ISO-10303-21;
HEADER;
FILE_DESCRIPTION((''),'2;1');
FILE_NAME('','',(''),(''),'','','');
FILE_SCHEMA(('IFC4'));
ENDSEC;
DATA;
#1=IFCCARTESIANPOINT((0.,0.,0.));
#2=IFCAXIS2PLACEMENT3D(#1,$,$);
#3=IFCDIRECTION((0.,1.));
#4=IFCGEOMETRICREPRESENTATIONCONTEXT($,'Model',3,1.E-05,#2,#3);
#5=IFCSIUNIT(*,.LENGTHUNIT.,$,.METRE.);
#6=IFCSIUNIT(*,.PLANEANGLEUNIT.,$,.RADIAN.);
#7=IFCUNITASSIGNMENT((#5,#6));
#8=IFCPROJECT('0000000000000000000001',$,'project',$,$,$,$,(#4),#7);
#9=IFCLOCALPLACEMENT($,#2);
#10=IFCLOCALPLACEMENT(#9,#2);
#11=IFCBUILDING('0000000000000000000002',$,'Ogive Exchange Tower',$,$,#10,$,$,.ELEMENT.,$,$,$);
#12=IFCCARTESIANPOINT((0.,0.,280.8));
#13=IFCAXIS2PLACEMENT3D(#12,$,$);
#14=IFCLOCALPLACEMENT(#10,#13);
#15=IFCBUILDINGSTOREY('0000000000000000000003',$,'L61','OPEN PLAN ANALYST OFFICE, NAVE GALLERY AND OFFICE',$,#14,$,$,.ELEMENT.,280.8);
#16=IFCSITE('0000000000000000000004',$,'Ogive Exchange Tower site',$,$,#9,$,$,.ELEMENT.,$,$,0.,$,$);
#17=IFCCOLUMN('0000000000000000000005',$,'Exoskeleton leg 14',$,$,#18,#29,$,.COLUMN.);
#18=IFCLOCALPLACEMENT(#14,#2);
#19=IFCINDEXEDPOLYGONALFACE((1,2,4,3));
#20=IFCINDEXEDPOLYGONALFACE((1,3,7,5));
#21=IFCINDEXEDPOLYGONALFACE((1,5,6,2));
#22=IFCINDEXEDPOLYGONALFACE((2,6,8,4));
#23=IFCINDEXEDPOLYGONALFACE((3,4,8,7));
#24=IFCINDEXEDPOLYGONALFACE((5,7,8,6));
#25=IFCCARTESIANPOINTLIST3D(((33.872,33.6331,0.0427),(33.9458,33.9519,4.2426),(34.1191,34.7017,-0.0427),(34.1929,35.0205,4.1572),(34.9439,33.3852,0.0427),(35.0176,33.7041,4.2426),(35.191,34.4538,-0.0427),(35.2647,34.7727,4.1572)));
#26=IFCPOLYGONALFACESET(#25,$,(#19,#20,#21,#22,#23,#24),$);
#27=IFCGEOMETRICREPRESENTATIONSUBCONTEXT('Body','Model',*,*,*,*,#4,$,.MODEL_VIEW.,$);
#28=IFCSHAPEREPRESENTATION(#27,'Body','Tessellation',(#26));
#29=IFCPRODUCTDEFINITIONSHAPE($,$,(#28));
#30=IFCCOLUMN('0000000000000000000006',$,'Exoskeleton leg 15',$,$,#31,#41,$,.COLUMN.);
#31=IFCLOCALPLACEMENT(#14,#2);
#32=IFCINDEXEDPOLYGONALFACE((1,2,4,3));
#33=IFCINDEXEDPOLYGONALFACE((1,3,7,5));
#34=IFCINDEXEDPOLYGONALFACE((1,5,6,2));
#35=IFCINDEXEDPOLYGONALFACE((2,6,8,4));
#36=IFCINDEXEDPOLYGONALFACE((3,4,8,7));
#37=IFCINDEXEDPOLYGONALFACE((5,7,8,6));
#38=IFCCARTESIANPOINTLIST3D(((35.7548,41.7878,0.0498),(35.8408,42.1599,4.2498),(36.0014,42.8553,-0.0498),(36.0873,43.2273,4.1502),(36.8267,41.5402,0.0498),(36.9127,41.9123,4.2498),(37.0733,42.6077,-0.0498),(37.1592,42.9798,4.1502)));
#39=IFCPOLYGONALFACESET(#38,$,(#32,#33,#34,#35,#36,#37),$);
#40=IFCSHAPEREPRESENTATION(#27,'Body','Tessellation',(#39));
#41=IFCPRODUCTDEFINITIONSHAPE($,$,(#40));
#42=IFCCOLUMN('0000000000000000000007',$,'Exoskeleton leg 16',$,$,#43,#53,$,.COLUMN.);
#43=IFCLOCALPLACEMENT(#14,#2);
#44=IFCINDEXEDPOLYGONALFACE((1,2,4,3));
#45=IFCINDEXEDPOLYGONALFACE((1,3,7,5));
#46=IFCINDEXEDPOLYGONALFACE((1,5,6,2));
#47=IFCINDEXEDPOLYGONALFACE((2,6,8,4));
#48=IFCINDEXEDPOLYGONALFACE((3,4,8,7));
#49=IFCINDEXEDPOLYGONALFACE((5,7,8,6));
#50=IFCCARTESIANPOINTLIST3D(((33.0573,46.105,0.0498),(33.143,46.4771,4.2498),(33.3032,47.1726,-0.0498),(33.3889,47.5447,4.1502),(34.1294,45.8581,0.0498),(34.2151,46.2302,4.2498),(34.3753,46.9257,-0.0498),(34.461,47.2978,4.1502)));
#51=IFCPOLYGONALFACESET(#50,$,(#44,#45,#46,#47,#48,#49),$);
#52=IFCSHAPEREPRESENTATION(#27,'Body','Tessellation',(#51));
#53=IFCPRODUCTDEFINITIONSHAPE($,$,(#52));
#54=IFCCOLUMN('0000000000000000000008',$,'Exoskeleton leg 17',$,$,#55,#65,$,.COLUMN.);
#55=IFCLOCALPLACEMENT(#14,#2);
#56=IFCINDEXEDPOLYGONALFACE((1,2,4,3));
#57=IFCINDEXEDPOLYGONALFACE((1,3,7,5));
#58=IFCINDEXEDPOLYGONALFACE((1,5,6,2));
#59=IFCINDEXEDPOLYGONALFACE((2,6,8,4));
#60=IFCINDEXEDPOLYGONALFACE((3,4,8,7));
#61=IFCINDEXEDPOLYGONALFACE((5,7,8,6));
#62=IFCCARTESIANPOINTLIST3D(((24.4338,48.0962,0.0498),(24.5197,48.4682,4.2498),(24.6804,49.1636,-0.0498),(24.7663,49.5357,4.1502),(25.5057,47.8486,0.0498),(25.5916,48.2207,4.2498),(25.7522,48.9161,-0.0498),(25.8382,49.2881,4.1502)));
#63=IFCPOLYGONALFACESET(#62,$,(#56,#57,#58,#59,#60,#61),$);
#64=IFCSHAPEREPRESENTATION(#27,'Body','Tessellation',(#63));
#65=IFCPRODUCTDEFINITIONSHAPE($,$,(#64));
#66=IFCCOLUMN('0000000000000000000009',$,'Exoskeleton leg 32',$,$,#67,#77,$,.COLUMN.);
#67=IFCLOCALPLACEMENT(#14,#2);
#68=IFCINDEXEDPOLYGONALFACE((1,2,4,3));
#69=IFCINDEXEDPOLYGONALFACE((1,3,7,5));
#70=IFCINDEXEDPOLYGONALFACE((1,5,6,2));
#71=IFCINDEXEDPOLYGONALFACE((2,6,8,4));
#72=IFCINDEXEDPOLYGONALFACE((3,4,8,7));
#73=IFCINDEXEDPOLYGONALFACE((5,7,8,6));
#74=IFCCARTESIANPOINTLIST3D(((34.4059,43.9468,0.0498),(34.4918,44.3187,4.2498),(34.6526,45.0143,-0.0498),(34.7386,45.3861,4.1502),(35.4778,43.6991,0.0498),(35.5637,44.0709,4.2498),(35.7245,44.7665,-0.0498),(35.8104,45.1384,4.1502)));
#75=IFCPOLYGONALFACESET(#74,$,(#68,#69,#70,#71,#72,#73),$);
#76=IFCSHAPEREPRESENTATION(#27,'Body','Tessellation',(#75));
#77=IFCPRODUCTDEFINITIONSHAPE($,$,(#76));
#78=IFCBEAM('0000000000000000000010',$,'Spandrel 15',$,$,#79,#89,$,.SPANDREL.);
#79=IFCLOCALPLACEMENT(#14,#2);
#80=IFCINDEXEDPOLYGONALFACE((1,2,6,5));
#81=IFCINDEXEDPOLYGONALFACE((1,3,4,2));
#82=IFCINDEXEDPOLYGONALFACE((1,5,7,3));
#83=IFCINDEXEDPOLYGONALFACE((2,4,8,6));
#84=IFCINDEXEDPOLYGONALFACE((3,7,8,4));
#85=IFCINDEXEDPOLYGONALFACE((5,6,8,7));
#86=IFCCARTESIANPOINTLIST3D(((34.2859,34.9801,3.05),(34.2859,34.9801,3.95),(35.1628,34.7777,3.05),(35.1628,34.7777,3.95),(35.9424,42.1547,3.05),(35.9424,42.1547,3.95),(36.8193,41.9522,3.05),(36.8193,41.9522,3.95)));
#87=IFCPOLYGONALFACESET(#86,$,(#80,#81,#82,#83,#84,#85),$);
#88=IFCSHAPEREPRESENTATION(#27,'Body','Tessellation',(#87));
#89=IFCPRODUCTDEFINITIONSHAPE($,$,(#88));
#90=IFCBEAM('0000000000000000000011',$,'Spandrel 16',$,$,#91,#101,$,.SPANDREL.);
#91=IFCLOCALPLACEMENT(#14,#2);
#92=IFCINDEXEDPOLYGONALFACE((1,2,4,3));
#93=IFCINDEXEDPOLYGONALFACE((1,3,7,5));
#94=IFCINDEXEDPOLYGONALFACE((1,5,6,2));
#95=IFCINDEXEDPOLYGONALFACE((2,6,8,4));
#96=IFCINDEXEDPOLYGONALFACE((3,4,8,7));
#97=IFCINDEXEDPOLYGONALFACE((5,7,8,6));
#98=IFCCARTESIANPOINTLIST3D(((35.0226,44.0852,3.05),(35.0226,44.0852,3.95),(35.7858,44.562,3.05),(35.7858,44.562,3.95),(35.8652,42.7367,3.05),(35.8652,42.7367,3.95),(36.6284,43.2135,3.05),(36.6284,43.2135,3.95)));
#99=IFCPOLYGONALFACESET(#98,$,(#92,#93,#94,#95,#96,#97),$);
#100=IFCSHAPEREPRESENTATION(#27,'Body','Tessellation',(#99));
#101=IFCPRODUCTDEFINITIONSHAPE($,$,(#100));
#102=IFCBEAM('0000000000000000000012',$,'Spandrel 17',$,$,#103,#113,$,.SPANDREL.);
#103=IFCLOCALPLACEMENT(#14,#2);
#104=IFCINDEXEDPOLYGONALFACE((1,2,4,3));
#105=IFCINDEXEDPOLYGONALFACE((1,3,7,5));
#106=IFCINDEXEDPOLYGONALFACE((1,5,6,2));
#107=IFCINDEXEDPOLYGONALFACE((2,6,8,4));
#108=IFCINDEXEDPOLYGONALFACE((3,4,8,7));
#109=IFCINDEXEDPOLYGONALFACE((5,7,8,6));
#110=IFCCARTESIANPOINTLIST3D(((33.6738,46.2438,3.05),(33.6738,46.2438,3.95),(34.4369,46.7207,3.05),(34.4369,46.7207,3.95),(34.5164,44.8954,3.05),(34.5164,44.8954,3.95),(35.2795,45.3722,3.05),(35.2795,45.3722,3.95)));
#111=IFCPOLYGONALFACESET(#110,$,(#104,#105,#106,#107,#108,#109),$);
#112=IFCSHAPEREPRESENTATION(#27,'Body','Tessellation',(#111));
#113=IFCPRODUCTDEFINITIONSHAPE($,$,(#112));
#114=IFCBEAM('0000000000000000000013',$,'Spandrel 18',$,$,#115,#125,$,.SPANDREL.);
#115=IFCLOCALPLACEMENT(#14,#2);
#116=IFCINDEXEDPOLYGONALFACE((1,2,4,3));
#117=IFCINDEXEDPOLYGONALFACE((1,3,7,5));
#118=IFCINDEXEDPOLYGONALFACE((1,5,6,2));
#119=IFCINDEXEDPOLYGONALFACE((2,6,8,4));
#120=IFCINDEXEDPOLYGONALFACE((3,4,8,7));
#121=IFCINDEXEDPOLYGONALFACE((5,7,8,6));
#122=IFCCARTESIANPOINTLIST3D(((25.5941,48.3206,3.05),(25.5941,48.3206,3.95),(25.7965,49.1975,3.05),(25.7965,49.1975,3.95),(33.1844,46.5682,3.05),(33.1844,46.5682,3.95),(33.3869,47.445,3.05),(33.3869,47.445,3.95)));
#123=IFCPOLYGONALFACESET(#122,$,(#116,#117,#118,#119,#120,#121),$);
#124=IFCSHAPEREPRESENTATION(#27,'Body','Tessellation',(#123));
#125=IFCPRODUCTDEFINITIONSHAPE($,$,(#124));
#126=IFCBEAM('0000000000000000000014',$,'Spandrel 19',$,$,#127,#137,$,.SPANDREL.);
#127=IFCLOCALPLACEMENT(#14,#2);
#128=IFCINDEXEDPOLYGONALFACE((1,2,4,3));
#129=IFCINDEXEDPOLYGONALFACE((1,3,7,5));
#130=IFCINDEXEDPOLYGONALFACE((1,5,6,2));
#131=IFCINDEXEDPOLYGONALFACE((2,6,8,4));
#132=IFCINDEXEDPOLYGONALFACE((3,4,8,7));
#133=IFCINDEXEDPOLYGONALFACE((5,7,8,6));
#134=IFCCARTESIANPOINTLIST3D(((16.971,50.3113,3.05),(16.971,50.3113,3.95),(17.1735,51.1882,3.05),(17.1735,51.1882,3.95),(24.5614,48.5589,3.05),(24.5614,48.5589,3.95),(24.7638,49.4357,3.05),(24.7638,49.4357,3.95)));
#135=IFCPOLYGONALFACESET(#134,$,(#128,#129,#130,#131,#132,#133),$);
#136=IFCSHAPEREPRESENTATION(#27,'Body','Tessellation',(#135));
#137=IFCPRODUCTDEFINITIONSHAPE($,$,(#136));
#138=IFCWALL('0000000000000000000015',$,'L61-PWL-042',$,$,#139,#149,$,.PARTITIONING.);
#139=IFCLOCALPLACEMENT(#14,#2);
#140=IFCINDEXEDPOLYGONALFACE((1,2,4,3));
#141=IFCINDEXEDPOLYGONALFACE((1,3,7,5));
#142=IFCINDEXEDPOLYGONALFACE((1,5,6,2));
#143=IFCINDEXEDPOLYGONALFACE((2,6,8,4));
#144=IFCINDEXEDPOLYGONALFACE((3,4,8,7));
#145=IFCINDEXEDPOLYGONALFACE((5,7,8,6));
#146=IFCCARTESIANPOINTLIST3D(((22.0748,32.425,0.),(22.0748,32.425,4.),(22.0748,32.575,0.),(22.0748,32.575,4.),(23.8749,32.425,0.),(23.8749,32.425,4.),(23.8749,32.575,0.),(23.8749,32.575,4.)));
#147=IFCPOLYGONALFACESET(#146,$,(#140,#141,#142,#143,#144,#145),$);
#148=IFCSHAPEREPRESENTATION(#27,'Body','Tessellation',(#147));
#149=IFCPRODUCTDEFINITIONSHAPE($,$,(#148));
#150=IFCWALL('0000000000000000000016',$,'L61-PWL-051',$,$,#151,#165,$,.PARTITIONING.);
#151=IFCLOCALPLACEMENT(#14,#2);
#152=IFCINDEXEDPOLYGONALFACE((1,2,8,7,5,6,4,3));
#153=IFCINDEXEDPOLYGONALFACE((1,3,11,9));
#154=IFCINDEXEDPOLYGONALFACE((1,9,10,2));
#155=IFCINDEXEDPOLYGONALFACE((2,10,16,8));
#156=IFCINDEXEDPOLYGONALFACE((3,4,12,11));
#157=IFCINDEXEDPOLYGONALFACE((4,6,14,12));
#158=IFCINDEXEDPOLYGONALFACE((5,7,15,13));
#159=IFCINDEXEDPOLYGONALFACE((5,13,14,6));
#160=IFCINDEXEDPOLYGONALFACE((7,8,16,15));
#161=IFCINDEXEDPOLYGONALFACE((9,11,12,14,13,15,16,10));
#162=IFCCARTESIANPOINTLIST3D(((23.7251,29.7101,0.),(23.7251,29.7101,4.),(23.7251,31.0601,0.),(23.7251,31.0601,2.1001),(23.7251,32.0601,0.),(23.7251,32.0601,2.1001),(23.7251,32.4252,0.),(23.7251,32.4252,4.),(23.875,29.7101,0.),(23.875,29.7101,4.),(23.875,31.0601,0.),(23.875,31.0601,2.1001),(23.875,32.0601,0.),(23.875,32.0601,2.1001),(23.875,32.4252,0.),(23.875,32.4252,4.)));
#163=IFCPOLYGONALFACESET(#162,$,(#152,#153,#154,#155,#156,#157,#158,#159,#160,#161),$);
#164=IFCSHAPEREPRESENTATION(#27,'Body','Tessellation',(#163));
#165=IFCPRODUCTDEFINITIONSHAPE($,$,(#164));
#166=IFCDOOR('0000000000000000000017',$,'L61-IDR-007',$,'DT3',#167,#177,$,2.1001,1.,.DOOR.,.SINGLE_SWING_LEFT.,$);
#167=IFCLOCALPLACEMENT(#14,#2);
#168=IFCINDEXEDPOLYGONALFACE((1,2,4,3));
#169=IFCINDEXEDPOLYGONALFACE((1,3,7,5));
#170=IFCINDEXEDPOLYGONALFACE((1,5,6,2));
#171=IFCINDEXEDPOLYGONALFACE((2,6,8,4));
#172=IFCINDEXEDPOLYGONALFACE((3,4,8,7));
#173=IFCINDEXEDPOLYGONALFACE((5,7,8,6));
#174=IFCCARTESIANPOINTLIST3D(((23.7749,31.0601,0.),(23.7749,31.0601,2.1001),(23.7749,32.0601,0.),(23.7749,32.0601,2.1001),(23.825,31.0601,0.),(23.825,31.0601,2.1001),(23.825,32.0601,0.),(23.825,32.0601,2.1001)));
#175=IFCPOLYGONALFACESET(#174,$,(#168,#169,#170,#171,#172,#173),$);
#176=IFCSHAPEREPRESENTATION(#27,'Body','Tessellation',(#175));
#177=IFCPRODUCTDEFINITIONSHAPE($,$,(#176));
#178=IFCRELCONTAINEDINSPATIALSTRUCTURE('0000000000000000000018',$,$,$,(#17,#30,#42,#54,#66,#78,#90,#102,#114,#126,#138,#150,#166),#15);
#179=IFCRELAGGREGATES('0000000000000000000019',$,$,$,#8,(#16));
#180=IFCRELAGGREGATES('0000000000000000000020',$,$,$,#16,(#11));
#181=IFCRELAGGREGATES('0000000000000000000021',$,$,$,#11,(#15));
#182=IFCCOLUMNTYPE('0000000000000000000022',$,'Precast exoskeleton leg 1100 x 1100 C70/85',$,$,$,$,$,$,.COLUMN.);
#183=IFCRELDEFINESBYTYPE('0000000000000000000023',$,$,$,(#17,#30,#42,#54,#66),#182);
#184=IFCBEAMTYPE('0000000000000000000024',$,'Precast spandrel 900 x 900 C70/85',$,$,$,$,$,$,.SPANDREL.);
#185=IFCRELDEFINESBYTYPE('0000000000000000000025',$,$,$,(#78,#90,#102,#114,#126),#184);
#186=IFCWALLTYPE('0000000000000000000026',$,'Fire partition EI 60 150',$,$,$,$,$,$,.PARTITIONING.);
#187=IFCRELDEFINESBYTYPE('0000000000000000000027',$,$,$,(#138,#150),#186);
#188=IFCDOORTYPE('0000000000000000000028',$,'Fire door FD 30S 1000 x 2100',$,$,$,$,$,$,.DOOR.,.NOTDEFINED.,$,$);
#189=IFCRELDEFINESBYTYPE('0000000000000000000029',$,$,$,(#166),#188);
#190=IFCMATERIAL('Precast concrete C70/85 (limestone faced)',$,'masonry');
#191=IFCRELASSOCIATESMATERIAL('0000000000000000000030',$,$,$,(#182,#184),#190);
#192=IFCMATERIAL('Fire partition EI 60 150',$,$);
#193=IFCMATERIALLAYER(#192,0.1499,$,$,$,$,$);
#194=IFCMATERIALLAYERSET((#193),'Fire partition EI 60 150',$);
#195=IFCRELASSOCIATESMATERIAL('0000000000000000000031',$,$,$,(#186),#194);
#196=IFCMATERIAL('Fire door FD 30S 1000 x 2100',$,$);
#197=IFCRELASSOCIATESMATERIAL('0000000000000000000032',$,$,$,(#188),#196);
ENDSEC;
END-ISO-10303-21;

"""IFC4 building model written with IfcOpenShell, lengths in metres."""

from ifc_helpers import new_model, si_unit, direction, frame, frame_2d, origin, origin_2d, place, context, subcontext, project, spatial, rectangle, extrude, material, layer, layer_set, material_profile, profile_set, type_object, element, fill, save


model = new_model("IFC4")

# Units and contexts
model_context = context("Model", 3, precision=1e-05, world=origin(), true_north=direction((0.0, 1.0)))
body_context = subcontext(model_context, "Body", "Model", "MODEL_VIEW")
ifc_project = project(units=[si_unit("LENGTHUNIT", "METRE"), si_unit("PLANEANGLEUNIT", "RADIAN")], contexts=[model_context])

# Site, building, storey
site_placement = place(None, origin())
site = spatial("IfcSite", under=ifc_project, at=site_placement, Name="Ogive Exchange Tower site", CompositionType="ELEMENT", RefElevation=0.0)
building_placement = place(site_placement, origin())
building = spatial("IfcBuilding", under=site, at=building_placement, Name="Ogive Exchange Tower", CompositionType="ELEMENT")
storey_placement = place(building_placement, frame((0.0, 0.0, 280.8)))
storey = spatial("IfcBuildingStorey", under=building, at=storey_placement, Name="L61", Description="OPEN PLAN ANALYST OFFICE, NAVE GALLERY AND OFFICE", CompositionType="ELEMENT", Elevation=280.8)

# Columns
ifc_material_1 = material(Name="Precast concrete C70/85 (limestone faced)", Category="masonry")
ifc_material_profile_1 = material_profile(ifc_material_1, rectangle(XDim=1.1001, YDim=1.1001, at=origin_2d()), Name="1100 x 1100")
ifc_profile_set_1 = profile_set([ifc_material_profile_1], Name="Precast concrete C70/85 (limestone faced)")
column_type = type_object("IfcColumnType", Name="Precast exoskeleton leg 1100 x 1100 C70/85", PredefinedType="COLUMN", material=ifc_profile_set_1)
column_placement = place(storey_placement, frame((34.5315, 34.0435, 0.0), z_axis=(0.017502, 0.075688, 0.996978), x_axis=(-0.974291, 0.225295, 0.0)))
element("IfcColumn", 1, at=column_placement, inside=storey, type_object=column_type, Name="Exoskeleton leg 14", PredefinedType="COLUMN", context=body_context, shape_type="SweptSolid", body=[
    extrude(rectangle(XDim=1.1001, YDim=1.1001, at=origin_2d()), origin(), (0.0, 0.0, 1.0), 4.2126),
])
for number, where, z_axis, x_axis, name in (
    (2, (36.4141, 42.1978, 0.0), (0.020377, 0.088225, 0.995892), (-0.974348, 0.225046, 0.0), "Exoskeleton leg 15"),
    (3, (33.7163, 46.5154, 0.0), (0.02032, 0.088225, 0.995893), (-0.974488, 0.224439, 0.0), "Exoskeleton leg 16"),
    (4, (25.093, 48.5061, 0.0), (0.020377, 0.088225, 0.995892), (-0.974348, 0.225046, 0.0), "Exoskeleton leg 17"),
    (5, (35.0652, 44.3567, 0.0), (0.020378, 0.088168, 0.995897), (-0.974316, 0.225187, 0.0), "Exoskeleton leg 32"),
):
    element("IfcColumn", number, at=place(storey_placement, frame(where, z_axis=z_axis, x_axis=x_axis)), inside=storey, type_object=column_type, Name=name, PredefinedType="COLUMN", context=body_context, shape_type="SweptSolid", body=[
        extrude(rectangle(XDim=1.1001, YDim=1.1001, at=origin_2d()), origin(), (0.0, 0.0, 1.0), 4.2173),
    ])

# Beams
ifc_material_profile_2 = material_profile(ifc_material_1, rectangle(XDim=0.8999, YDim=0.8999, at=origin_2d()), Name="900 x 900")
ifc_profile_set_2 = profile_set([ifc_material_profile_2], Name="Precast concrete C70/85 (limestone faced)")
beam_type = type_object("IfcBeamType", Name="Precast spandrel 900 x 900 C70/85", PredefinedType="SPANDREL", material=ifc_profile_set_2)
beam_placement = place(storey_placement, frame((34.7244, 34.8789, 3.5), z_axis=(0.224966, 0.974367, 0.0), x_axis=(-0.974367, 0.224966, 0.0)))
element("IfcBeam", 6, at=beam_placement, inside=storey, type_object=beam_type, Name="Spandrel 15", PredefinedType="SPANDREL", context=body_context, shape_type="SweptSolid", body=[
    extrude(rectangle(XDim=0.8999, YDim=0.8999, at=origin_2d()), origin(), (0.0, 0.0, 1.0), 7.3633),
])
for number, where, z_axis, x_axis, name in (
    (7, (36.2468, 42.9751, 3.5), (-0.529902, 0.848059, 0.0), (-0.848059, -0.529902, 0.0), "Spandrel 16"),
    (8, (34.8979, 45.1338, 3.5), (-0.529902, 0.848059, 0.0), (-0.848059, -0.529902, 0.0), "Spandrel 17"),
):
    element("IfcBeam", number, at=place(storey_placement, frame(where, z_axis=z_axis, x_axis=x_axis)), inside=storey, type_object=beam_type, Name=name, PredefinedType="SPANDREL", context=body_context, shape_type="SweptSolid", body=[
        extrude(rectangle(XDim=0.8999, YDim=0.8999, at=origin_2d()), origin(), (0.0, 0.0, 1.0), 1.5901),
    ])
for number, where, z_axis, x_axis, name in (
    (9, (33.2856, 47.0066, 3.5), (-0.974368, 0.22496, 0.0), (-0.22496, -0.974368, 0.0), "Spandrel 18"),
    (10, (24.6626, 48.9973, 3.5), (-0.974368, 0.22496, 0.0), (-0.22496, -0.974368, 0.0), "Spandrel 19"),
):
    element("IfcBeam", number, at=place(storey_placement, frame(where, z_axis=z_axis, x_axis=x_axis)), inside=storey, type_object=beam_type, Name=name, PredefinedType="SPANDREL", context=body_context, shape_type="SweptSolid", body=[
        extrude(rectangle(XDim=0.8999, YDim=0.8999, at=origin_2d()), origin(), (0.0, 0.0, 1.0), 7.79),
    ])

# Wall
ifc_material_2 = material(Name="Fire partition EI 60 150")
ifc_layer_1 = layer(ifc_material_2, 0.1499)
ifc_layer_set_1 = layer_set([ifc_layer_1], Name="Fire partition EI 60 150")
wall_type_1 = type_object("IfcWallType", Name="Fire partition EI 60 150", PredefinedType="PARTITIONING", material=ifc_layer_set_1)
wall_1_placement = place(storey_placement, frame((22.075, 32.5, 0.0), z_axis=(0.0, 0.0, 1.0), x_axis=(1.0, 0.0, 0.0)))
element("IfcWall", 11, at=wall_1_placement, inside=storey, type_object=wall_type_1, Name="L61-PWL-042", PredefinedType="PARTITIONING", context=body_context, shape_type="SweptSolid", body=[
    extrude(rectangle(XDim=1.8, YDim=0.1499, at=frame_2d((0.8999, 0.0))), origin(), (0.0, 0.0, 1.0), 4.0),
])

# Wall, opening, door
wall_2_placement = place(storey_placement, frame((23.8, 32.425, 0.0), z_axis=(0.0, 0.0, 1.0), x_axis=(0.0, -1.0, 0.0)))
wall_2 = element("IfcWall", 12, at=wall_2_placement, inside=storey, type_object=wall_type_1, Name="L61-PWL-051", PredefinedType="PARTITIONING", context=body_context, shape_type="SweptSolid", body=[
    extrude(rectangle(XDim=2.7151, YDim=0.1499, at=frame_2d((1.3574, 0.0))), origin(), (0.0, 0.0, 1.0), 4.0),
])
opening_1_placement = place(wall_2_placement, frame((0.365, 0.0, 0.0)))
opening_1 = element("IfcOpeningElement", 13, at=opening_1_placement, cuts=wall_2, PredefinedType="OPENING", context=body_context, shape_type="SweptSolid", body=[
    extrude(rectangle(XDim=1.0, YDim=2.1001, at=frame_2d((0.5, 1.05))), frame((0.0, 0.085, 0.0), z_axis=(0.0, -1.0, 0.0), x_axis=(1.0, 0.0, 0.0)), (0.0, 0.0, 1.0), 0.1699),
])
ifc_material_3 = material(Name="Fire door FD 30S 1000 x 2100")
door_type_1 = type_object("IfcDoorType", Name="Fire door FD 30S 1000 x 2100", OperationType="NOTDEFINED", PredefinedType="DOOR", material=ifc_material_3)
door_1_placement = place(opening_1_placement, origin())
door_1 = element("IfcDoor", 14, at=door_1_placement, inside=storey, type_object=door_type_1, Name="L61-IDR-007", ObjectType="DT3", OperationType="SINGLE_SWING_LEFT", OverallHeight=2.1001, OverallWidth=1.0, PredefinedType="DOOR", context=body_context, shape_type="SweptSolid", body=[
    extrude(rectangle(XDim=1.0, YDim=2.1001, at=frame_2d((0.5, 1.05))), frame((0.0, 0.0249, 0.0), z_axis=(0.0, -1.0, 0.0), x_axis=(1.0, 0.0, 0.0)), (0.0, 0.0, 1.0), 0.05),
])
fill(opening_1, door_1)

save(model, "model.ifc")
